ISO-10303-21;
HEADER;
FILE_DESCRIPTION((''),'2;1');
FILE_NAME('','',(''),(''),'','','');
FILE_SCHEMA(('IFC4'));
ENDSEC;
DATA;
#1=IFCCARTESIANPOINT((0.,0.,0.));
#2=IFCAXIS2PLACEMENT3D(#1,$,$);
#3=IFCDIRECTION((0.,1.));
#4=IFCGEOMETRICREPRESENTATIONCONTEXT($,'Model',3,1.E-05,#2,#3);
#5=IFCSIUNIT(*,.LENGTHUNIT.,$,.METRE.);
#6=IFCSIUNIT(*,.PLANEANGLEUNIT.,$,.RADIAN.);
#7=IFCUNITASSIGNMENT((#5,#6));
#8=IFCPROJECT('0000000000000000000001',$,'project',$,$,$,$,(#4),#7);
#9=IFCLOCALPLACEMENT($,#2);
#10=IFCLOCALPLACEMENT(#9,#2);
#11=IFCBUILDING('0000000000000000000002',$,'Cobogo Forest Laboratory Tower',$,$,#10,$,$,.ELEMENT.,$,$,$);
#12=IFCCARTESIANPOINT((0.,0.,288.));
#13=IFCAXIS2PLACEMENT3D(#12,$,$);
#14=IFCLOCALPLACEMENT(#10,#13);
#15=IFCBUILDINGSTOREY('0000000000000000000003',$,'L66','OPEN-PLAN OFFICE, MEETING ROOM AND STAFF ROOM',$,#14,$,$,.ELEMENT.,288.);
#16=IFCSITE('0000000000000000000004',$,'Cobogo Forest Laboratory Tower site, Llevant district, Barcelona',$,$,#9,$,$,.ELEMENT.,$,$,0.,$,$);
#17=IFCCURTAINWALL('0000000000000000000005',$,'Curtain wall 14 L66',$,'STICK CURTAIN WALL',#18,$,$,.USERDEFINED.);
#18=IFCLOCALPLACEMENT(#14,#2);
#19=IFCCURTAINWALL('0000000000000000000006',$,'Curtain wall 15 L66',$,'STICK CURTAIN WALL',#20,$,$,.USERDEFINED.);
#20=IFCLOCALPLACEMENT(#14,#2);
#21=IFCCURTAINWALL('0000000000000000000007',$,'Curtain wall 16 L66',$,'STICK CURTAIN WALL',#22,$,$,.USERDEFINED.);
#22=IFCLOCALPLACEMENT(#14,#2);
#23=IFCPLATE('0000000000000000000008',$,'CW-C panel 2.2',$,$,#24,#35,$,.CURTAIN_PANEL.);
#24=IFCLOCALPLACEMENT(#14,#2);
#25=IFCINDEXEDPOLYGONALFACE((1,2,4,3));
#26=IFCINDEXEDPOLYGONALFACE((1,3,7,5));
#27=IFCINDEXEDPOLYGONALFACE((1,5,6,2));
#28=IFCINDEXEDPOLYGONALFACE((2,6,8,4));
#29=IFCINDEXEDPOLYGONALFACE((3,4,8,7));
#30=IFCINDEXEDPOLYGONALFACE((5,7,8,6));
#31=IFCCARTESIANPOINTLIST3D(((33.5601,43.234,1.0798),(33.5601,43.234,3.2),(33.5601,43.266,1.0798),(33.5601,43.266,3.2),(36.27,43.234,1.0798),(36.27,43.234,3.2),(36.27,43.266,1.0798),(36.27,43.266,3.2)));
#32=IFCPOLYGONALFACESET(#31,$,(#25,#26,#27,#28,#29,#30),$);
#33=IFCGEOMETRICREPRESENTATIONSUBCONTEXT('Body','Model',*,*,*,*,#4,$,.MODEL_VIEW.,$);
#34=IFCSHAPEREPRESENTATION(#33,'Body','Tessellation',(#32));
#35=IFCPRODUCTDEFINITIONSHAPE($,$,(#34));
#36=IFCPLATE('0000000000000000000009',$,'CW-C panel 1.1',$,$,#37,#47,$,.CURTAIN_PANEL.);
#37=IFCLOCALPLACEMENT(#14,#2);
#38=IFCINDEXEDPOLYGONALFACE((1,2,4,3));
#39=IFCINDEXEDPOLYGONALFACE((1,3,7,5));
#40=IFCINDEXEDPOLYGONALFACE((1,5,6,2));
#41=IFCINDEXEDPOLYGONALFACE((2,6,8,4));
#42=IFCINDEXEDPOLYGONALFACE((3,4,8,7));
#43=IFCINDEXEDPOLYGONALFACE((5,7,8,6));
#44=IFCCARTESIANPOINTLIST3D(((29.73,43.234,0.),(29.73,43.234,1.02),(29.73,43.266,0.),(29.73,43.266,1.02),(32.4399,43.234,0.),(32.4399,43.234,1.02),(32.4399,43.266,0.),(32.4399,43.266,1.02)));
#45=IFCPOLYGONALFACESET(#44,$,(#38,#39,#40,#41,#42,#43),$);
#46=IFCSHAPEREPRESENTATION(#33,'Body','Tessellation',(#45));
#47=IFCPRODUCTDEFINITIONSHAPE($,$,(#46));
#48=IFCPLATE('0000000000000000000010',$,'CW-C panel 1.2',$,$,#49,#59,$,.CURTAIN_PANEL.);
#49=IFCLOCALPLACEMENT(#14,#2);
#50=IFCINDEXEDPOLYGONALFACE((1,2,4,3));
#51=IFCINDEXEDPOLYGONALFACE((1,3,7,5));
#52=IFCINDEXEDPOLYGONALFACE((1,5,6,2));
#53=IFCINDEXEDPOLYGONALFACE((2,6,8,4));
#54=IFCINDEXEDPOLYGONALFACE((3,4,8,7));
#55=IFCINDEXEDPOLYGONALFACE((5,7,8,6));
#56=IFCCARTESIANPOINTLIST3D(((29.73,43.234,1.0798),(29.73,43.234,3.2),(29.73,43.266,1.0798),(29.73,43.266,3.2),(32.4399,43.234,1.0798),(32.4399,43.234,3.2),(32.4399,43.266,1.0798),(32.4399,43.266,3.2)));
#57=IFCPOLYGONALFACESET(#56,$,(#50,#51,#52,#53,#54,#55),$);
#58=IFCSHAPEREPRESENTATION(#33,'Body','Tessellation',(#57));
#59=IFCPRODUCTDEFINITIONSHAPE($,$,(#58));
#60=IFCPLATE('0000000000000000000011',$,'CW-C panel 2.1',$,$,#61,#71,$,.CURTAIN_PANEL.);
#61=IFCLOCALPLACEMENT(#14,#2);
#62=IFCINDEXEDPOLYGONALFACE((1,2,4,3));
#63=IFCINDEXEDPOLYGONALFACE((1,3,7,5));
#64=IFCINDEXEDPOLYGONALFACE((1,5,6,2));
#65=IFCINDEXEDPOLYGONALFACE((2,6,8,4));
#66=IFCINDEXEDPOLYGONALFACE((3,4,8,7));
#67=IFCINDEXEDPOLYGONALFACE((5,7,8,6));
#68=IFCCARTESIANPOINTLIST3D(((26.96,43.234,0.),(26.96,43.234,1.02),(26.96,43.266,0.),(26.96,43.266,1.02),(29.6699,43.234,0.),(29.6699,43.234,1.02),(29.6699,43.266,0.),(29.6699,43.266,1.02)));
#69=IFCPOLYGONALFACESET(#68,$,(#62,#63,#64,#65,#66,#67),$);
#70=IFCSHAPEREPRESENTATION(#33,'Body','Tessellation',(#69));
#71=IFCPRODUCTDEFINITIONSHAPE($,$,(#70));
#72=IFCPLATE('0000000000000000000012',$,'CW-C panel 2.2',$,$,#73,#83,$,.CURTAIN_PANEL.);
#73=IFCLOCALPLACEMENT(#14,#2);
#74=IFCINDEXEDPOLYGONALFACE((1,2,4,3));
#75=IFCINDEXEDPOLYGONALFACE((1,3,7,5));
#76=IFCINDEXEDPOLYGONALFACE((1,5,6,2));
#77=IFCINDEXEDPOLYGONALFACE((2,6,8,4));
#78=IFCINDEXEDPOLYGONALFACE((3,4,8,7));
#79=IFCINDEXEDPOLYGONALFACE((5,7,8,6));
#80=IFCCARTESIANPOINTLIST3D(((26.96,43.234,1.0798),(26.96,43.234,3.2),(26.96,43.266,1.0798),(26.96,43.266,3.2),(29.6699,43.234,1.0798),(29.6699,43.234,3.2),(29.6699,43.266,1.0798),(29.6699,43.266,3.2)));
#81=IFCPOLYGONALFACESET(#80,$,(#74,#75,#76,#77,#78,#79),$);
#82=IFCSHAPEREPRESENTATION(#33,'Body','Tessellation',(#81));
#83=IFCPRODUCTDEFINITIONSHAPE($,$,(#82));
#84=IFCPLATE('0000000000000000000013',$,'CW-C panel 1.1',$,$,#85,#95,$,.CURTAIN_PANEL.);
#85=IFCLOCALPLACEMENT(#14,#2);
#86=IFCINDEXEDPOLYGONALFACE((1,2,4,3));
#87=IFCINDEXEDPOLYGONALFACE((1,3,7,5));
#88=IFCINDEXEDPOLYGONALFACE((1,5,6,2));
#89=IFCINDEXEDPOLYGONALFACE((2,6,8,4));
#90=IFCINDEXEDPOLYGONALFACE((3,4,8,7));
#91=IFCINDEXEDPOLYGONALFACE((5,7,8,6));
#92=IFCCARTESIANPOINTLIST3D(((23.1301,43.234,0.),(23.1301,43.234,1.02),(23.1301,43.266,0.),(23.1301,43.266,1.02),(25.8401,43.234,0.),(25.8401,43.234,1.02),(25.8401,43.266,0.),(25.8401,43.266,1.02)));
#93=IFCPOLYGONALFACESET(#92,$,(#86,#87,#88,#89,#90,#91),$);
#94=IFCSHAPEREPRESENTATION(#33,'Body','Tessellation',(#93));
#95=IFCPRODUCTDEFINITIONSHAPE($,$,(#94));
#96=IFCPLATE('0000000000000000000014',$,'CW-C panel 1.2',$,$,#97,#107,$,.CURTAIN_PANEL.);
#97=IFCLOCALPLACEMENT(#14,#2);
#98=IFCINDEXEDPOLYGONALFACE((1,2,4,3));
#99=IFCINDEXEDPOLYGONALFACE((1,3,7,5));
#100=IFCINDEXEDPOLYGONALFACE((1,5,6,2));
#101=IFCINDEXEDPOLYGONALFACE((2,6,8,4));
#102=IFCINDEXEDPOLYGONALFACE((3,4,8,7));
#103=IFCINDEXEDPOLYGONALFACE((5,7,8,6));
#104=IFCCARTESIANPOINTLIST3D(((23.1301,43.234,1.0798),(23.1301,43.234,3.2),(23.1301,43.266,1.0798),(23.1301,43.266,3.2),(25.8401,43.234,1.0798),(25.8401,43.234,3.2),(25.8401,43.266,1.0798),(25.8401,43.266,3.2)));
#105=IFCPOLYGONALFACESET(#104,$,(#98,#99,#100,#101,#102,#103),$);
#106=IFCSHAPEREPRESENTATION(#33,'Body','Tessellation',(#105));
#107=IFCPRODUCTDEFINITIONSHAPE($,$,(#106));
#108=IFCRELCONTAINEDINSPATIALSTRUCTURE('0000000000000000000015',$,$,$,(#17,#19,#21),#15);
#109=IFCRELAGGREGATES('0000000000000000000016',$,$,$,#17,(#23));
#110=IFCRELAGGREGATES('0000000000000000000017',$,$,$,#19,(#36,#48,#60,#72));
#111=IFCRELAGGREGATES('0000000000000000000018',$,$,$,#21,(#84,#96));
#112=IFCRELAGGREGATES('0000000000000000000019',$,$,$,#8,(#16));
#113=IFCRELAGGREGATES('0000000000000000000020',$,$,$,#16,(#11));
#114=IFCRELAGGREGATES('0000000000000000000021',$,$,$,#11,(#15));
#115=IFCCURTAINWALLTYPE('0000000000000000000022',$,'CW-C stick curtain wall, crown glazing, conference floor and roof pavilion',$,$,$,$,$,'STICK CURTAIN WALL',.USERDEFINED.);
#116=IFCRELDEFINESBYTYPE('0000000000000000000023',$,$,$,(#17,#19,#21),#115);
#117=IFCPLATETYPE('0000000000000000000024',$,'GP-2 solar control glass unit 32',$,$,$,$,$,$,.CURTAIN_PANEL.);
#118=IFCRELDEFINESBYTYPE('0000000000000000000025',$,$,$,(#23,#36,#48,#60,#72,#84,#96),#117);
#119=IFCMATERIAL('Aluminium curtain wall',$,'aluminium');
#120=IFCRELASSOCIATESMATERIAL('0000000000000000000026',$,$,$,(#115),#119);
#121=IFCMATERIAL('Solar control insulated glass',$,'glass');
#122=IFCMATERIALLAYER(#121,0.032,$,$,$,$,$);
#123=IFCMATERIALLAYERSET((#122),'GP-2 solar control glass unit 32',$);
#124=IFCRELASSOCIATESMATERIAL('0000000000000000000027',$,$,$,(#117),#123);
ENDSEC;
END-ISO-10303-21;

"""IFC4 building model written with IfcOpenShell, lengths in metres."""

from ifc_helpers import new_model, si_unit, direction, frame, origin, origin_2d, place, context, subcontext, project, spatial, rectangle, extrude, material, layer, layer_set, type_object, element, aggregate, save


model = new_model("IFC4")

# Units and contexts
model_context = context("Model", 3, precision=1e-05, world=origin(), true_north=direction((0.0, 1.0)))
body_context = subcontext(model_context, "Body", "Model", "MODEL_VIEW")
ifc_project = project(units=[si_unit("LENGTHUNIT", "METRE"), si_unit("PLANEANGLEUNIT", "RADIAN")], contexts=[model_context])

# Site, building, storey
site_placement = place(None, origin())
site = spatial("IfcSite", under=ifc_project, at=site_placement, Name="Cobogo Forest Laboratory Tower site, Llevant district, Barcelona", CompositionType="ELEMENT", RefElevation=0.0)
building_placement = place(site_placement, origin())
building = spatial("IfcBuilding", under=site, at=building_placement, Name="Cobogo Forest Laboratory Tower", CompositionType="ELEMENT")
storey_placement = place(building_placement, frame((0.0, 0.0, 288.0)))
storey = spatial("IfcBuildingStorey", under=building, at=storey_placement, Name="L66", Description="OPEN-PLAN OFFICE, MEETING ROOM AND STAFF ROOM", CompositionType="ELEMENT", Elevation=288.0)

# Curtain walls
ifc_material_1 = material(Name="Aluminium curtain wall", Category="aluminium")
curtain_wall_type = type_object("IfcCurtainWallType", Name="CW-C stick curtain wall, crown glazing, conference floor and roof pavilion", ElementType="STICK CURTAIN WALL", PredefinedType="USERDEFINED", material=ifc_material_1)
curtain_wall_1_placement = place(storey_placement, origin())
curtain_wall_1 = element("IfcCurtainWall", 1, at=curtain_wall_1_placement, inside=storey, type_object=curtain_wall_type, Name="Curtain wall 14 L66", ObjectType="STICK CURTAIN WALL", PredefinedType="USERDEFINED")
curtain_wall_2_placement = place(storey_placement, origin())
curtain_wall_2 = element("IfcCurtainWall", 2, at=curtain_wall_2_placement, inside=storey, type_object=curtain_wall_type, Name="Curtain wall 15 L66", ObjectType="STICK CURTAIN WALL", PredefinedType="USERDEFINED")

# Curtain wall
curtain_wall_3_placement = place(storey_placement, origin())
curtain_wall_3 = element("IfcCurtainWall", 3, at=curtain_wall_3_placement, inside=storey, type_object=curtain_wall_type, Name="Curtain wall 16 L66", ObjectType="STICK CURTAIN WALL", PredefinedType="USERDEFINED")

# Plates
ifc_material_2 = material(Name="Solar control insulated glass", Category="glass")
ifc_layer = layer(ifc_material_2, 0.032)
ifc_layer_set = layer_set([ifc_layer], Name="GP-2 solar control glass unit 32")
plate_type = type_object("IfcPlateType", Name="GP-2 solar control glass unit 32", PredefinedType="CURTAIN_PANEL", material=ifc_layer_set)
plate_1_placement = place(storey_placement, frame((34.915, 43.25, 1.0798), z_axis=(0.0, 0.0, 1.0), x_axis=(-1.0, 0.0, 0.0)))
plate_1 = element("IfcPlate", 4, at=plate_1_placement, type_object=plate_type, Name="CW-C panel 2.2", PredefinedType="CURTAIN_PANEL", context=body_context, shape_type="SweptSolid", body=[
    extrude(rectangle(XDim=2.71, YDim=0.032, at=origin_2d()), origin(), (0.0, 0.0, 1.0), 2.1201),
])
aggregate(curtain_wall_1, [plate_1])
plate_2_placement = place(storey_placement, frame((31.085, 43.25, 0.0), z_axis=(0.0, 0.0, 1.0), x_axis=(-1.0, 0.0, 0.0)))
plate_2 = element("IfcPlate", 5, at=plate_2_placement, type_object=plate_type, Name="CW-C panel 1.1", PredefinedType="CURTAIN_PANEL", context=body_context, shape_type="SweptSolid", body=[
    extrude(rectangle(XDim=2.71, YDim=0.032, at=origin_2d()), origin(), (0.0, 0.0, 1.0), 1.02),
])
plate_3_placement = place(storey_placement, frame((31.085, 43.25, 1.0798), z_axis=(0.0, 0.0, 1.0), x_axis=(-1.0, 0.0, 0.0)))
plate_3 = element("IfcPlate", 6, at=plate_3_placement, type_object=plate_type, Name="CW-C panel 1.2", PredefinedType="CURTAIN_PANEL", context=body_context, shape_type="SweptSolid", body=[
    extrude(rectangle(XDim=2.71, YDim=0.032, at=origin_2d()), origin(), (0.0, 0.0, 1.0), 2.1201),
])
plate_4_placement = place(storey_placement, frame((28.3149, 43.25, 0.0), z_axis=(0.0, 0.0, 1.0), x_axis=(-1.0, 0.0, 0.0)))
plate_4 = element("IfcPlate", 7, at=plate_4_placement, type_object=plate_type, Name="CW-C panel 2.1", PredefinedType="CURTAIN_PANEL", context=body_context, shape_type="SweptSolid", body=[
    extrude(rectangle(XDim=2.71, YDim=0.032, at=origin_2d()), origin(), (0.0, 0.0, 1.0), 1.02),
])
plate_5_placement = place(storey_placement, frame((28.3149, 43.25, 1.0798), z_axis=(0.0, 0.0, 1.0), x_axis=(-1.0, 0.0, 0.0)))
plate_5 = element("IfcPlate", 8, at=plate_5_placement, type_object=plate_type, Name="CW-C panel 2.2", PredefinedType="CURTAIN_PANEL", context=body_context, shape_type="SweptSolid", body=[
    extrude(rectangle(XDim=2.71, YDim=0.032, at=origin_2d()), origin(), (0.0, 0.0, 1.0), 2.1201),
])
aggregate(curtain_wall_2, [plate_2, plate_3, plate_4, plate_5])
plate_6_placement = place(storey_placement, frame((24.4851, 43.25, 0.0), z_axis=(0.0, 0.0, 1.0), x_axis=(-1.0, 0.0, 0.0)))
plate_6 = element("IfcPlate", 9, at=plate_6_placement, type_object=plate_type, Name="CW-C panel 1.1", PredefinedType="CURTAIN_PANEL", context=body_context, shape_type="SweptSolid", body=[
    extrude(rectangle(XDim=2.71, YDim=0.032, at=origin_2d()), origin(), (0.0, 0.0, 1.0), 1.02),
])
plate_7_placement = place(storey_placement, frame((24.4851, 43.25, 1.0798), z_axis=(0.0, 0.0, 1.0), x_axis=(-1.0, 0.0, 0.0)))
plate_7 = element("IfcPlate", 10, at=plate_7_placement, type_object=plate_type, Name="CW-C panel 1.2", PredefinedType="CURTAIN_PANEL", context=body_context, shape_type="SweptSolid", body=[
    extrude(rectangle(XDim=2.71, YDim=0.032, at=origin_2d()), origin(), (0.0, 0.0, 1.0), 2.1201),
])
aggregate(curtain_wall_3, [plate_6, plate_7])

save(model, "model.ifc")
